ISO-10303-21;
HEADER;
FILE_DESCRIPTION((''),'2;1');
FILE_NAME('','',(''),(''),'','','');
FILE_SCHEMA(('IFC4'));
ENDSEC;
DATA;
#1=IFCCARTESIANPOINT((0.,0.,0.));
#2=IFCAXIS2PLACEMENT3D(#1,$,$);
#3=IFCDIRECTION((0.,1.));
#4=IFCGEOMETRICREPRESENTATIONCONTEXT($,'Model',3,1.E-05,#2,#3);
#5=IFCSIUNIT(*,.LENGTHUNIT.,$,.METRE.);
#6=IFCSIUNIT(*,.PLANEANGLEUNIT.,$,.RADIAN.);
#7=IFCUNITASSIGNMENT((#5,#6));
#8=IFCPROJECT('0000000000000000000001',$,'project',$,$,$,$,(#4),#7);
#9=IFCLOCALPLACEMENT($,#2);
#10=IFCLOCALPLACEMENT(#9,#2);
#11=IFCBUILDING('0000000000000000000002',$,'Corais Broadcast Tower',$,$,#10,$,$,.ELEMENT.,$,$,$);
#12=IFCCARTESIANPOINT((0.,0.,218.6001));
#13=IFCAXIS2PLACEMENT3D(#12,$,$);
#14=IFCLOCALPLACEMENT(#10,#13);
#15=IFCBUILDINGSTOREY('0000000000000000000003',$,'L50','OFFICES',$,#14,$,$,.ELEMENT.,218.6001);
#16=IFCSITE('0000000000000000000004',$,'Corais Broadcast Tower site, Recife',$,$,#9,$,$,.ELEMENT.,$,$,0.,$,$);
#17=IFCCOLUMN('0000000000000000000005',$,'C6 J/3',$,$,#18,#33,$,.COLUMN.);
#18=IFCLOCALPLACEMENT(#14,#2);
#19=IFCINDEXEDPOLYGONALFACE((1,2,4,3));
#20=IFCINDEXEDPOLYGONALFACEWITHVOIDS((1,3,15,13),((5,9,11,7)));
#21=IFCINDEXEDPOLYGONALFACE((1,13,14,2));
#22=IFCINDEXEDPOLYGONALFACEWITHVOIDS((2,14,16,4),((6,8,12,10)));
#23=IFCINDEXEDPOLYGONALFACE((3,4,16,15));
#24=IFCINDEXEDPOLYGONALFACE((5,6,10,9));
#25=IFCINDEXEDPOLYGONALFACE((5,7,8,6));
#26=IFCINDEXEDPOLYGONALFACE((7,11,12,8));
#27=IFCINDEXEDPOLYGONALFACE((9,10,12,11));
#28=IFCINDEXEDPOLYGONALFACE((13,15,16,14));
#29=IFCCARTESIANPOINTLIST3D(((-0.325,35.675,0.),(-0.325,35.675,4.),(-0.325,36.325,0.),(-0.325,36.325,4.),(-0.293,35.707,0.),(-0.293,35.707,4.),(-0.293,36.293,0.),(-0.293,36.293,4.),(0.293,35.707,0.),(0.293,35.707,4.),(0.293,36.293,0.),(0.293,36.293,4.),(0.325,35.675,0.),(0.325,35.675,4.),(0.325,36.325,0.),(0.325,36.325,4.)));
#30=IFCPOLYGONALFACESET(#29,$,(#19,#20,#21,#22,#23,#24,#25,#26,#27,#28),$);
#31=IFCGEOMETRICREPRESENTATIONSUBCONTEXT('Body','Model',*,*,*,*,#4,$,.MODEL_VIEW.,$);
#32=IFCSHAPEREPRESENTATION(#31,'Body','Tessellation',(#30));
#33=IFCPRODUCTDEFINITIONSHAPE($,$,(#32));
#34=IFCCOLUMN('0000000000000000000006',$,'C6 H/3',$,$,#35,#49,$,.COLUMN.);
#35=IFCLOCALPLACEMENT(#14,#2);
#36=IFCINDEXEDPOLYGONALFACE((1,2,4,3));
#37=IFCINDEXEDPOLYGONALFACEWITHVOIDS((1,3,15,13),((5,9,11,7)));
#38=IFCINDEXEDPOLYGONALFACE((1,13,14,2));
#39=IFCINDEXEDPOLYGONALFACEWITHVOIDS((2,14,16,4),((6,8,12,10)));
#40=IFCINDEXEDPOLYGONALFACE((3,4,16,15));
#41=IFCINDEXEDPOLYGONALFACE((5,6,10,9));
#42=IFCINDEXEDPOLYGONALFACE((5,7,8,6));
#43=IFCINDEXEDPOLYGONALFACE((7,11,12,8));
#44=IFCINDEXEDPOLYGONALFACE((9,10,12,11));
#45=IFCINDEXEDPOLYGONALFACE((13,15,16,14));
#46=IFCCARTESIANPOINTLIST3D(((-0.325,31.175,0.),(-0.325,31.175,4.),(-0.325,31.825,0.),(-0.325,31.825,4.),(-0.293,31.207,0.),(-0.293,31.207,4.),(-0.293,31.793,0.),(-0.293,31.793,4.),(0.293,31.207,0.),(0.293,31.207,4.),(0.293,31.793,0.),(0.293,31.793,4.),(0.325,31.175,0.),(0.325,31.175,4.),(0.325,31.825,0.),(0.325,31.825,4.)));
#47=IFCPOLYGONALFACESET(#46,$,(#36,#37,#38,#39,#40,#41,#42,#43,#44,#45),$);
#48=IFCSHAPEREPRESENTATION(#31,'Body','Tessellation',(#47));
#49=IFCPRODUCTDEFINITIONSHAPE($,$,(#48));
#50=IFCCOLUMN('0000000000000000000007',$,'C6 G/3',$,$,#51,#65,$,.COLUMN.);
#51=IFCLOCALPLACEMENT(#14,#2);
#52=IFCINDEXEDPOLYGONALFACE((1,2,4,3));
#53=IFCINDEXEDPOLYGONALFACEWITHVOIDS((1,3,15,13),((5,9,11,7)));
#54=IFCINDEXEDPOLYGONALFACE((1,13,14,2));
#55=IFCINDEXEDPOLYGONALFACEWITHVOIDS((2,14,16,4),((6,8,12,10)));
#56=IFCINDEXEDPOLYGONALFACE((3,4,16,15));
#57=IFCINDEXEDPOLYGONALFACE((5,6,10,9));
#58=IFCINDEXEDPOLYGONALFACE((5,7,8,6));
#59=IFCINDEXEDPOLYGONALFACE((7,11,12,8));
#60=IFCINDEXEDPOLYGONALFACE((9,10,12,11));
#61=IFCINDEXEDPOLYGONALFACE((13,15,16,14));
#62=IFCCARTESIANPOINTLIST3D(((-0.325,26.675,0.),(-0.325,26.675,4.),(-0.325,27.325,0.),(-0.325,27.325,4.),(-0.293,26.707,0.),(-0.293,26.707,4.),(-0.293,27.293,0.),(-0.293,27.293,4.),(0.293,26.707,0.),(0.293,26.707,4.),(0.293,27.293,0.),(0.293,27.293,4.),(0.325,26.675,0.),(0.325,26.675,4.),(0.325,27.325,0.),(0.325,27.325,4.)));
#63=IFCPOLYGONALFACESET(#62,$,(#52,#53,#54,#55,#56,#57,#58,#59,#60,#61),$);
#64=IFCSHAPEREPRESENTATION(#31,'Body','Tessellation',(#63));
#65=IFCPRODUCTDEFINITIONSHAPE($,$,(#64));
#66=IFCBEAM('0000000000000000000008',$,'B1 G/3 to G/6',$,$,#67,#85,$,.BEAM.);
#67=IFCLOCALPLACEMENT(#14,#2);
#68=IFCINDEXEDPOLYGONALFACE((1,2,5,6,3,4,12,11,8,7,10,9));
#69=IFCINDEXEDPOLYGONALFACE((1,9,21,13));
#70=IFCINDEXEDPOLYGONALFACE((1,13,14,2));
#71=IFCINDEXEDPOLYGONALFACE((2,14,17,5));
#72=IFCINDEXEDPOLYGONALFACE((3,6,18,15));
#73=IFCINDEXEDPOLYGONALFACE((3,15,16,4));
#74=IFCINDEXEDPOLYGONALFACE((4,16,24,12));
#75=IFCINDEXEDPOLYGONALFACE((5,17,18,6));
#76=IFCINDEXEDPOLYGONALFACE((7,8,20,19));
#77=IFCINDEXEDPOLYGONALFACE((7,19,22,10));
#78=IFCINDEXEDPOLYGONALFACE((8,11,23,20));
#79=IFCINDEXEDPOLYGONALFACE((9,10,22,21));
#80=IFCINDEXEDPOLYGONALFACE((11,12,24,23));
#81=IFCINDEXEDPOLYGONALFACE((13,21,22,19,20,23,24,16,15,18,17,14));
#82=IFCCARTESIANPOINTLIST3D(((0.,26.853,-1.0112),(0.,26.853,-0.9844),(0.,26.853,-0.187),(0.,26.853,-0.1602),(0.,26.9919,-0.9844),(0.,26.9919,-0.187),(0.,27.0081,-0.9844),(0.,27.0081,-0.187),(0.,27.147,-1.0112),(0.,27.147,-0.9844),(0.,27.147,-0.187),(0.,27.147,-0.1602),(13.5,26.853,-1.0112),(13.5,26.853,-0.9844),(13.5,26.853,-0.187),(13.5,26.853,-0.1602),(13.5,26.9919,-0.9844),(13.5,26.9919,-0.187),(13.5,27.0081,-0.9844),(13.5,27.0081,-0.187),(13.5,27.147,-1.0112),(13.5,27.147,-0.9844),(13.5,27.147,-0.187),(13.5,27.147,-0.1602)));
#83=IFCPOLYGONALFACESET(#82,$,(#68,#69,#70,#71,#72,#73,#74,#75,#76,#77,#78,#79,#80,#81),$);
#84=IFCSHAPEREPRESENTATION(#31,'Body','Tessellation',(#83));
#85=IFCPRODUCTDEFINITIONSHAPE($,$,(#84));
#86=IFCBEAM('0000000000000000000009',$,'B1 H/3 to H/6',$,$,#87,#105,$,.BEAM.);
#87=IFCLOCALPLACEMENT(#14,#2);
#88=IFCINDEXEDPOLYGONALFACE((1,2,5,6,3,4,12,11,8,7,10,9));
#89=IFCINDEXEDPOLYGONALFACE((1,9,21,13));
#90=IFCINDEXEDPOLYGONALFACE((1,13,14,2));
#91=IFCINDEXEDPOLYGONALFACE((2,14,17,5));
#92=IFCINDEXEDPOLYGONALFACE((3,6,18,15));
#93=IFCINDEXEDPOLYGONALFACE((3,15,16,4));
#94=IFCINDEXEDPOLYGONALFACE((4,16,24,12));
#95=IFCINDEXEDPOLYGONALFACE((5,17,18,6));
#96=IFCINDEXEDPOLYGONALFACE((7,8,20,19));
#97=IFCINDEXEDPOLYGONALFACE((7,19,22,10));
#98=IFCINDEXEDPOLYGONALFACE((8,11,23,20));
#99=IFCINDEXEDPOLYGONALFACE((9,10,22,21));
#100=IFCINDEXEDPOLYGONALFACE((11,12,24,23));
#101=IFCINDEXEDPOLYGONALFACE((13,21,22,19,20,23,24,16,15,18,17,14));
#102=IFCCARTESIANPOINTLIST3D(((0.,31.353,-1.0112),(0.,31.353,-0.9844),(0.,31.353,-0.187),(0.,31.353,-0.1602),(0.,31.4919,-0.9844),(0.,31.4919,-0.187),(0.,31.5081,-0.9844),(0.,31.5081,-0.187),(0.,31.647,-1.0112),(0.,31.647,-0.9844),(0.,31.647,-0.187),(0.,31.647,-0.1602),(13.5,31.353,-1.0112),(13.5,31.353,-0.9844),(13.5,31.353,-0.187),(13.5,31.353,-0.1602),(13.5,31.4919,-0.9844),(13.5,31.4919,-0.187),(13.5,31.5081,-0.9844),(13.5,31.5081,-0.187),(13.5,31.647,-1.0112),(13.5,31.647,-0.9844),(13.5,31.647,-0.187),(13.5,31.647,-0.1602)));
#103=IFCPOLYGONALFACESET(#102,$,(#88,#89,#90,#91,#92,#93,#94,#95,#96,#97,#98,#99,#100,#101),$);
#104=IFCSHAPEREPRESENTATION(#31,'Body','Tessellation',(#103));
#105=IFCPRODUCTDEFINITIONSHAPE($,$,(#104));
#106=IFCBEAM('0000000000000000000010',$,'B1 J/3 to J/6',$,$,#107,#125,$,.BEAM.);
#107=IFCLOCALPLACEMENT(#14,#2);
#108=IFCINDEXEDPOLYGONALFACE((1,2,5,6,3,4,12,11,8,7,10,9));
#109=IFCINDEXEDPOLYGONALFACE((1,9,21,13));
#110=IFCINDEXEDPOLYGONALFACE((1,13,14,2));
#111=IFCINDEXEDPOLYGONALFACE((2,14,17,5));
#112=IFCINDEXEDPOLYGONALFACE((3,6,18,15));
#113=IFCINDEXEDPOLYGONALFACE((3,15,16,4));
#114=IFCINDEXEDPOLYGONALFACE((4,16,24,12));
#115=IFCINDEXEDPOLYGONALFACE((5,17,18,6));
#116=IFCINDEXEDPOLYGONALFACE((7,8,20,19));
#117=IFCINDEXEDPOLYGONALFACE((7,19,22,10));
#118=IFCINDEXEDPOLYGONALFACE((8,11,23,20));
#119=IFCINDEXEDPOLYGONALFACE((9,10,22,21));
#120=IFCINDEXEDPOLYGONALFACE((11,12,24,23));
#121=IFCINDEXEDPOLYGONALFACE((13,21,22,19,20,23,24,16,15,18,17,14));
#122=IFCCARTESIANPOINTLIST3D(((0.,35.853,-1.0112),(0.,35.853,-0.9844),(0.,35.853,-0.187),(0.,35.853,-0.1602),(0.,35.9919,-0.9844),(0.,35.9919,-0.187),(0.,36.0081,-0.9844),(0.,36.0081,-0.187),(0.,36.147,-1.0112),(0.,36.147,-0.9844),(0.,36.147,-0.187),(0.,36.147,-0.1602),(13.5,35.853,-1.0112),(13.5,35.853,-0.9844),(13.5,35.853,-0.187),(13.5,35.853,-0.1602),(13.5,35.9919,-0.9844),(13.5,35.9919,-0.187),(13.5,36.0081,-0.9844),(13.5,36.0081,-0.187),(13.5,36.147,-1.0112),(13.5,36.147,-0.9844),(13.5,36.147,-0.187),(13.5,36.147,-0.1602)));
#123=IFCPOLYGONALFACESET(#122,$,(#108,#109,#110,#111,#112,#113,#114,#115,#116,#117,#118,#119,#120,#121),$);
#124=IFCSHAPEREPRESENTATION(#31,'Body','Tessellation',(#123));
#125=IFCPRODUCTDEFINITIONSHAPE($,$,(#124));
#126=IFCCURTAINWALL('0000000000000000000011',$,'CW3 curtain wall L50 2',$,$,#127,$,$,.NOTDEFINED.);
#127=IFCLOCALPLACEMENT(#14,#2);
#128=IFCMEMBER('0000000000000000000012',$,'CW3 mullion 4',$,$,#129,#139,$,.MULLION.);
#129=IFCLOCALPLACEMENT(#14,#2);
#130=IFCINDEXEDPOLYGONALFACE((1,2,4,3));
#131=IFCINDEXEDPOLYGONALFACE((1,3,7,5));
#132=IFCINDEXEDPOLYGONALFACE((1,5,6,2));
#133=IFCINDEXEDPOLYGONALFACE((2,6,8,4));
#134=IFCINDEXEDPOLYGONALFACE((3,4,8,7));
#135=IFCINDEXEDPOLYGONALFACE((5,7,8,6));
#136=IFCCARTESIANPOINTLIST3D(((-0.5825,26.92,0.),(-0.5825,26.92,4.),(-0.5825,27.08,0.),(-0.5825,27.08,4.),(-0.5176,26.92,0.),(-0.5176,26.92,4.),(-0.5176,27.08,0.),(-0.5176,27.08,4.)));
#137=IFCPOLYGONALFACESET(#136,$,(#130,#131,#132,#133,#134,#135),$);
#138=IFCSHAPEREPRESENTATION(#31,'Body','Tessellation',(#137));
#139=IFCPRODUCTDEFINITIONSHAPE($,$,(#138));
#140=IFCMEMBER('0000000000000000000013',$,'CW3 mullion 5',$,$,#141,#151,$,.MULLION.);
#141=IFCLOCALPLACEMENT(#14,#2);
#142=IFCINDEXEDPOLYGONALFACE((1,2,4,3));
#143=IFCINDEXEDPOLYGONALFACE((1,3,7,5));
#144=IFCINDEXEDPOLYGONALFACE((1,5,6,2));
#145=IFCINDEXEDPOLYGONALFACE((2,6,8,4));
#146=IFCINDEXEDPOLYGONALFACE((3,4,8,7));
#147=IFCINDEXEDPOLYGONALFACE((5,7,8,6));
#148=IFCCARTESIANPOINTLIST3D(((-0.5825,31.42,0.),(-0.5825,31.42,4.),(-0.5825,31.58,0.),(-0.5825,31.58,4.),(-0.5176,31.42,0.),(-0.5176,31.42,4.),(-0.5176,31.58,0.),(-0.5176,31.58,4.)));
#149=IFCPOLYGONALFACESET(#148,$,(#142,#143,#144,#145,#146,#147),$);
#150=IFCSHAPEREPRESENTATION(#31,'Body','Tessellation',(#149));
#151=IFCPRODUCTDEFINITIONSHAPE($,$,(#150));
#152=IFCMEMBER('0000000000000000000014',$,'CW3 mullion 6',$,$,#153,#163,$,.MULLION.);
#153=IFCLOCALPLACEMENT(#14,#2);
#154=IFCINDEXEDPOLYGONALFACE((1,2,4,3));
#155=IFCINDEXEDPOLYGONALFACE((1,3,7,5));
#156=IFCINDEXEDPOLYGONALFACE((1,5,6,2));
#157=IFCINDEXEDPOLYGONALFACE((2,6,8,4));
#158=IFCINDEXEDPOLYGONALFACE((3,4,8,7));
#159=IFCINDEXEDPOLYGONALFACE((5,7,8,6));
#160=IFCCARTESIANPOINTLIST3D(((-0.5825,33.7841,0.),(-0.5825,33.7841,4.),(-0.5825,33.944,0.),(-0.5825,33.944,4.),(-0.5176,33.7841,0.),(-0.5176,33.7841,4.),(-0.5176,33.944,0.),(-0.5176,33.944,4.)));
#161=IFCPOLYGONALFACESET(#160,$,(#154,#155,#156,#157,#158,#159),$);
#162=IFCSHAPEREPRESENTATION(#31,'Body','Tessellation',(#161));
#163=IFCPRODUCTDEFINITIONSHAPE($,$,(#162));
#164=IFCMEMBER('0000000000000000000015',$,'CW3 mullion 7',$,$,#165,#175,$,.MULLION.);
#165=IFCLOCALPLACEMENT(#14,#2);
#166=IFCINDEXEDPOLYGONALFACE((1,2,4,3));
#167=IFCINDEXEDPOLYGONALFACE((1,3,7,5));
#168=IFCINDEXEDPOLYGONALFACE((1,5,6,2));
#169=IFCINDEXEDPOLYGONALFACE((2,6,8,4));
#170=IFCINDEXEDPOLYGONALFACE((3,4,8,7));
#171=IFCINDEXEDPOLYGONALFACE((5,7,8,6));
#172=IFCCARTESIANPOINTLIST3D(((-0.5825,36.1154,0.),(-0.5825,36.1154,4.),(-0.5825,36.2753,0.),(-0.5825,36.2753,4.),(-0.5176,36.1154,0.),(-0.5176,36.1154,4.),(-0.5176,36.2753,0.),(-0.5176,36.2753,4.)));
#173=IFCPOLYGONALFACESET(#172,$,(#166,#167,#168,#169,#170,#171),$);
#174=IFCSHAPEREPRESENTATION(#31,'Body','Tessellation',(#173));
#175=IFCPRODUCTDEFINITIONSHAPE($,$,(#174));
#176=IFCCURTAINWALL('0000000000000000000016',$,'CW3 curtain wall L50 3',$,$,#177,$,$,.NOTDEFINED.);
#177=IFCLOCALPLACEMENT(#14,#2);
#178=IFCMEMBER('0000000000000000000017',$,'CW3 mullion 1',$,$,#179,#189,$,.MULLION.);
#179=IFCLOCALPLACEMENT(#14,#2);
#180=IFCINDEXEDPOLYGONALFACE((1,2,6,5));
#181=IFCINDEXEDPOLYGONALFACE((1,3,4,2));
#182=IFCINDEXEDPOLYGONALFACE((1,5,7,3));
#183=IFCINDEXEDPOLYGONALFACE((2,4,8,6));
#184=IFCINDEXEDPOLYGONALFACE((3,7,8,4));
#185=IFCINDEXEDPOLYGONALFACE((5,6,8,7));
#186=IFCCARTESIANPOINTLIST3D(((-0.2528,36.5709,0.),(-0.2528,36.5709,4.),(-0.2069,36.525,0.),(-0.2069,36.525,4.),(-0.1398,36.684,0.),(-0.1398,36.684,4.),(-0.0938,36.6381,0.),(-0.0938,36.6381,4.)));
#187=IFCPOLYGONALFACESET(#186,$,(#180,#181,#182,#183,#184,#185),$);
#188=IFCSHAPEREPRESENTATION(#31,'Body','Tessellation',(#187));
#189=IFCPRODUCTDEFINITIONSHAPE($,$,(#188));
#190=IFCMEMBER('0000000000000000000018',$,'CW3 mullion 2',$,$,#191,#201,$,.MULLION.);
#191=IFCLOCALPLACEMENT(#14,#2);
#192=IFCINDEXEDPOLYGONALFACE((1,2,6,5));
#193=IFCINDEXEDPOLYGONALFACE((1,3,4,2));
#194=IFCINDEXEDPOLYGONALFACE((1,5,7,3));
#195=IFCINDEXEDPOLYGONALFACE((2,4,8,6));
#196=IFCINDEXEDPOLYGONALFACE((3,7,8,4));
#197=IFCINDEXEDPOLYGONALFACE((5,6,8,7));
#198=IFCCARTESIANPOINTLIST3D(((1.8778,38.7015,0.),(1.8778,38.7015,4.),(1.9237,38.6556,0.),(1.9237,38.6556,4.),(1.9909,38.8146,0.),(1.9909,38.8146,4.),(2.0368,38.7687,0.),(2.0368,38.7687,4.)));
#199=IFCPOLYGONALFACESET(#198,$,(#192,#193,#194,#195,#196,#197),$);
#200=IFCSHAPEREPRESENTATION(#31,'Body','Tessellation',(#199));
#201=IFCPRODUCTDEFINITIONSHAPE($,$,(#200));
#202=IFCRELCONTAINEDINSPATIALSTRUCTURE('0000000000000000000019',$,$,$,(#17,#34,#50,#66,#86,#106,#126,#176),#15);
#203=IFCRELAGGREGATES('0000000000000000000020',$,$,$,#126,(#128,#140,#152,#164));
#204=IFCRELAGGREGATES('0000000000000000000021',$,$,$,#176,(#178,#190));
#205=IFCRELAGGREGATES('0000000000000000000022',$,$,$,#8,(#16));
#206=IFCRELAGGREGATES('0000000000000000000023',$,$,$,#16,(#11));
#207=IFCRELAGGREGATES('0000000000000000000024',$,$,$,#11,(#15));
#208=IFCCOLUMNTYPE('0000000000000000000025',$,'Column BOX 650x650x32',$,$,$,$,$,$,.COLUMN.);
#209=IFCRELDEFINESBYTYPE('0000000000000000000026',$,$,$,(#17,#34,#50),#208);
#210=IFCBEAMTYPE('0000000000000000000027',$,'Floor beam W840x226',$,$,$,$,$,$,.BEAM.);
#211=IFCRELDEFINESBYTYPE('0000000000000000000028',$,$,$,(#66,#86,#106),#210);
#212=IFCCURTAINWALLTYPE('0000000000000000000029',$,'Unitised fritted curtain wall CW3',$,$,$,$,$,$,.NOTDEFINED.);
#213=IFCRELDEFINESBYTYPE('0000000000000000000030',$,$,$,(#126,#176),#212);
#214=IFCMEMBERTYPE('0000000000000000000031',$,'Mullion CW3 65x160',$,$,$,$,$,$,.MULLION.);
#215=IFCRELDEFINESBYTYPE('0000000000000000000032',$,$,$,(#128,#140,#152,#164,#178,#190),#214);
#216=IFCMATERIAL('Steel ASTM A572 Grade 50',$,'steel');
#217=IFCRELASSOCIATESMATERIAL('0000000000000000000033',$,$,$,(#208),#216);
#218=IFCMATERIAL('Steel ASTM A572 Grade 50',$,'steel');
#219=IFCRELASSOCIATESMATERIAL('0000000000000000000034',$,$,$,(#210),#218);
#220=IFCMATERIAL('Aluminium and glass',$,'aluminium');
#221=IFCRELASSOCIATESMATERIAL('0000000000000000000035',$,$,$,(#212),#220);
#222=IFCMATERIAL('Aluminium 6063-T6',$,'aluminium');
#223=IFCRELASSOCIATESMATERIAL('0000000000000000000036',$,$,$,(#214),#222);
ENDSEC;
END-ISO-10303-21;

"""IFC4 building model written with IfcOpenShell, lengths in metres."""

from ifc_helpers import new_model, si_unit, direction, frame, origin, origin_2d, place, context, subcontext, project, spatial, rectangle, hollow_rectangle, i_section, extrude, material, material_profile, profile_set, type_object, element, aggregate, save


model = new_model("IFC4")

# Units and contexts
model_context = context("Model", 3, precision=1e-05, world=origin(), true_north=direction((0.0, 1.0)))
body_context = subcontext(model_context, "Body", "Model", "MODEL_VIEW")
ifc_project = project(units=[si_unit("LENGTHUNIT", "METRE"), si_unit("PLANEANGLEUNIT", "RADIAN")], contexts=[model_context])

# Site, building, storey
site_placement = place(None, origin())
site = spatial("IfcSite", under=ifc_project, at=site_placement, Name="Corais Broadcast Tower site, Recife", CompositionType="ELEMENT", RefElevation=0.0)
building_placement = place(site_placement, origin())
building = spatial("IfcBuilding", under=site, at=building_placement, Name="Corais Broadcast Tower", CompositionType="ELEMENT")
storey_placement = place(building_placement, frame((0.0, 0.0, 218.6001)))
storey = spatial("IfcBuildingStorey", under=building, at=storey_placement, Name="L50", Description="OFFICES", CompositionType="ELEMENT", Elevation=218.6001)

# Columns
ifc_material_1 = material(Name="Steel ASTM A572 Grade 50", Category="steel")
ifc_material_profile_1 = material_profile(ifc_material_1, hollow_rectangle(XDim=0.6499, YDim=0.6499, WallThickness=0.032, at=origin_2d()), Name="BOX 650x650x32")
ifc_profile_set_1 = profile_set([ifc_material_profile_1], Name="Steel ASTM A572 Grade 50")
column_type = type_object("IfcColumnType", Name="Column BOX 650x650x32", PredefinedType="COLUMN", material=ifc_profile_set_1)
for number, where, z_axis, x_axis, name in (
    (1, (0.0, 36.0, 0.0), (0.0, 0.0, 1.0), (1.0, 0.0, 0.0), "C6 J/3"),
    (2, (0.0, 31.5, 0.0), (0.0, 0.0, 1.0), (1.0, 0.0, 0.0), "C6 H/3"),
    (3, (0.0, 27.0, 0.0), (0.0, 0.0, 1.0), (1.0, 0.0, 0.0), "C6 G/3"),
):
    element("IfcColumn", number, at=place(storey_placement, frame(where, z_axis=z_axis, x_axis=x_axis)), inside=storey, type_object=column_type, Name=name, PredefinedType="COLUMN", context=body_context, shape_type="SweptSolid", body=[
        extrude(hollow_rectangle(XDim=0.6499, YDim=0.6499, WallThickness=0.032, at=origin_2d()), origin(), (0.0, 0.0, 1.0), 4.0),
    ])

# Beams
ifc_material_2 = material(Name="Steel ASTM A572 Grade 50", Category="steel")
ifc_material_profile_2 = material_profile(ifc_material_2, i_section(OverallWidth=0.2939, OverallDepth=0.8511, WebThickness=0.0161, FlangeThickness=0.0269, at=origin_2d()), Name="W840x226")
ifc_profile_set_2 = profile_set([ifc_material_profile_2], Name="Steel ASTM A572 Grade 50")
beam_type_1 = type_object("IfcBeamType", Name="Floor beam W840x226", PredefinedType="BEAM", material=ifc_profile_set_2)
for number, where, z_axis, x_axis, name in (
    (4, (0.0, 27.0, -0.5857), (1.0, 0.0, 0.0), (0.0, 1.0, 0.0), "B1 G/3 to G/6"),
    (5, (0.0, 31.5, -0.5857), (1.0, 0.0, 0.0), (0.0, 1.0, 0.0), "B1 H/3 to H/6"),
    (6, (0.0, 36.0, -0.5857), (1.0, 0.0, 0.0), (0.0, 1.0, 0.0), "B1 J/3 to J/6"),
):
    element("IfcBeam", number, at=place(storey_placement, frame(where, z_axis=z_axis, x_axis=x_axis)), inside=storey, type_object=beam_type_1, Name=name, PredefinedType="BEAM", context=body_context, shape_type="SweptSolid", body=[
        extrude(i_section(OverallWidth=0.2939, OverallDepth=0.8511, WebThickness=0.0161, FlangeThickness=0.0269, at=origin_2d()), origin(), (0.0, 0.0, 1.0), 13.5),
    ])

# Curtain walls, members
ifc_material_3 = material(Name="Aluminium and glass", Category="aluminium")
curtain_wall_type = type_object("IfcCurtainWallType", Name="Unitised fritted curtain wall CW3", PredefinedType="NOTDEFINED", material=ifc_material_3)
curtain_wall_1_placement = place(storey_placement, origin())
curtain_wall_1 = element("IfcCurtainWall", 7, at=curtain_wall_1_placement, inside=storey, type_object=curtain_wall_type, Name="CW3 curtain wall L50 2", PredefinedType="NOTDEFINED")
ifc_material_4 = material(Name="Aluminium 6063-T6", Category="aluminium")
ifc_material_profile_3 = material_profile(ifc_material_4, rectangle(XDim=0.0649, YDim=0.1599, at=origin_2d()), Name="Mullion CW3 65x160")
ifc_profile_set_3 = profile_set([ifc_material_profile_3], Name="Aluminium 6063-T6")
member_type_1 = type_object("IfcMemberType", Name="Mullion CW3 65x160", PredefinedType="MULLION", material=ifc_profile_set_3)
member_1_placement = place(storey_placement, frame((-0.55, 27.0, 0.0), z_axis=(0.0, 0.0, 1.0), x_axis=(-1.0, 0.0, 0.0)))
member_1 = element("IfcMember", 8, at=member_1_placement, type_object=member_type_1, Name="CW3 mullion 4", PredefinedType="MULLION", context=body_context, shape_type="SweptSolid", body=[
    extrude(rectangle(XDim=0.0649, YDim=0.1599, at=origin_2d()), origin(), (0.0, 0.0, 1.0), 4.0),
])
member_2_placement = place(storey_placement, frame((-0.55, 31.5, 0.0), z_axis=(0.0, 0.0, 1.0), x_axis=(-1.0, 0.0, 0.0)))
member_2 = element("IfcMember", 9, at=member_2_placement, type_object=member_type_1, Name="CW3 mullion 5", PredefinedType="MULLION", context=body_context, shape_type="SweptSolid", body=[
    extrude(rectangle(XDim=0.0649, YDim=0.1599, at=origin_2d()), origin(), (0.0, 0.0, 1.0), 4.0),
])
member_3_placement = place(storey_placement, frame((-0.55, 33.864, 0.0), z_axis=(0.0, 0.0, 1.0), x_axis=(-1.0, 0.0, 0.0)))
member_3 = element("IfcMember", 10, at=member_3_placement, type_object=member_type_1, Name="CW3 mullion 6", PredefinedType="MULLION", context=body_context, shape_type="SweptSolid", body=[
    extrude(rectangle(XDim=0.0649, YDim=0.1599, at=origin_2d()), origin(), (0.0, 0.0, 1.0), 4.0),
])
member_4_placement = place(storey_placement, frame((-0.55, 36.1953, 0.0), z_axis=(0.0, 0.0, 1.0), x_axis=(-1.0, 0.0, 0.0)))
member_4 = element("IfcMember", 11, at=member_4_placement, type_object=member_type_1, Name="CW3 mullion 7", PredefinedType="MULLION", context=body_context, shape_type="SweptSolid", body=[
    extrude(rectangle(XDim=0.0649, YDim=0.1599, at=origin_2d()), origin(), (0.0, 0.0, 1.0), 4.0),
])
curtain_wall_2_placement = place(storey_placement, origin())
curtain_wall_2 = element("IfcCurtainWall", 12, at=curtain_wall_2_placement, inside=storey, type_object=curtain_wall_type, Name="CW3 curtain wall L50 3", PredefinedType="NOTDEFINED")
member_5_placement = place(storey_placement, frame((-0.1733, 36.6045, 0.0), z_axis=(0.0, 0.0, 1.0), x_axis=(-0.707107, 0.707107, 0.0)))
member_5 = element("IfcMember", 13, at=member_5_placement, type_object=member_type_1, Name="CW3 mullion 1", PredefinedType="MULLION", context=body_context, shape_type="SweptSolid", body=[
    extrude(rectangle(XDim=0.0649, YDim=0.1599, at=origin_2d()), origin(), (0.0, 0.0, 1.0), 4.0),
])
member_6_placement = place(storey_placement, frame((1.9573, 38.7351, 0.0), z_axis=(0.0, 0.0, 1.0), x_axis=(-0.707107, 0.707107, 0.0)))
member_6 = element("IfcMember", 14, at=member_6_placement, type_object=member_type_1, Name="CW3 mullion 2", PredefinedType="MULLION", context=body_context, shape_type="SweptSolid", body=[
    extrude(rectangle(XDim=0.0649, YDim=0.1599, at=origin_2d()), origin(), (0.0, 0.0, 1.0), 4.0),
])

aggregate(curtain_wall_1, [member_1, member_2, member_3, member_4])
aggregate(curtain_wall_2, [member_5, member_6])

save(model, "model.ifc")
